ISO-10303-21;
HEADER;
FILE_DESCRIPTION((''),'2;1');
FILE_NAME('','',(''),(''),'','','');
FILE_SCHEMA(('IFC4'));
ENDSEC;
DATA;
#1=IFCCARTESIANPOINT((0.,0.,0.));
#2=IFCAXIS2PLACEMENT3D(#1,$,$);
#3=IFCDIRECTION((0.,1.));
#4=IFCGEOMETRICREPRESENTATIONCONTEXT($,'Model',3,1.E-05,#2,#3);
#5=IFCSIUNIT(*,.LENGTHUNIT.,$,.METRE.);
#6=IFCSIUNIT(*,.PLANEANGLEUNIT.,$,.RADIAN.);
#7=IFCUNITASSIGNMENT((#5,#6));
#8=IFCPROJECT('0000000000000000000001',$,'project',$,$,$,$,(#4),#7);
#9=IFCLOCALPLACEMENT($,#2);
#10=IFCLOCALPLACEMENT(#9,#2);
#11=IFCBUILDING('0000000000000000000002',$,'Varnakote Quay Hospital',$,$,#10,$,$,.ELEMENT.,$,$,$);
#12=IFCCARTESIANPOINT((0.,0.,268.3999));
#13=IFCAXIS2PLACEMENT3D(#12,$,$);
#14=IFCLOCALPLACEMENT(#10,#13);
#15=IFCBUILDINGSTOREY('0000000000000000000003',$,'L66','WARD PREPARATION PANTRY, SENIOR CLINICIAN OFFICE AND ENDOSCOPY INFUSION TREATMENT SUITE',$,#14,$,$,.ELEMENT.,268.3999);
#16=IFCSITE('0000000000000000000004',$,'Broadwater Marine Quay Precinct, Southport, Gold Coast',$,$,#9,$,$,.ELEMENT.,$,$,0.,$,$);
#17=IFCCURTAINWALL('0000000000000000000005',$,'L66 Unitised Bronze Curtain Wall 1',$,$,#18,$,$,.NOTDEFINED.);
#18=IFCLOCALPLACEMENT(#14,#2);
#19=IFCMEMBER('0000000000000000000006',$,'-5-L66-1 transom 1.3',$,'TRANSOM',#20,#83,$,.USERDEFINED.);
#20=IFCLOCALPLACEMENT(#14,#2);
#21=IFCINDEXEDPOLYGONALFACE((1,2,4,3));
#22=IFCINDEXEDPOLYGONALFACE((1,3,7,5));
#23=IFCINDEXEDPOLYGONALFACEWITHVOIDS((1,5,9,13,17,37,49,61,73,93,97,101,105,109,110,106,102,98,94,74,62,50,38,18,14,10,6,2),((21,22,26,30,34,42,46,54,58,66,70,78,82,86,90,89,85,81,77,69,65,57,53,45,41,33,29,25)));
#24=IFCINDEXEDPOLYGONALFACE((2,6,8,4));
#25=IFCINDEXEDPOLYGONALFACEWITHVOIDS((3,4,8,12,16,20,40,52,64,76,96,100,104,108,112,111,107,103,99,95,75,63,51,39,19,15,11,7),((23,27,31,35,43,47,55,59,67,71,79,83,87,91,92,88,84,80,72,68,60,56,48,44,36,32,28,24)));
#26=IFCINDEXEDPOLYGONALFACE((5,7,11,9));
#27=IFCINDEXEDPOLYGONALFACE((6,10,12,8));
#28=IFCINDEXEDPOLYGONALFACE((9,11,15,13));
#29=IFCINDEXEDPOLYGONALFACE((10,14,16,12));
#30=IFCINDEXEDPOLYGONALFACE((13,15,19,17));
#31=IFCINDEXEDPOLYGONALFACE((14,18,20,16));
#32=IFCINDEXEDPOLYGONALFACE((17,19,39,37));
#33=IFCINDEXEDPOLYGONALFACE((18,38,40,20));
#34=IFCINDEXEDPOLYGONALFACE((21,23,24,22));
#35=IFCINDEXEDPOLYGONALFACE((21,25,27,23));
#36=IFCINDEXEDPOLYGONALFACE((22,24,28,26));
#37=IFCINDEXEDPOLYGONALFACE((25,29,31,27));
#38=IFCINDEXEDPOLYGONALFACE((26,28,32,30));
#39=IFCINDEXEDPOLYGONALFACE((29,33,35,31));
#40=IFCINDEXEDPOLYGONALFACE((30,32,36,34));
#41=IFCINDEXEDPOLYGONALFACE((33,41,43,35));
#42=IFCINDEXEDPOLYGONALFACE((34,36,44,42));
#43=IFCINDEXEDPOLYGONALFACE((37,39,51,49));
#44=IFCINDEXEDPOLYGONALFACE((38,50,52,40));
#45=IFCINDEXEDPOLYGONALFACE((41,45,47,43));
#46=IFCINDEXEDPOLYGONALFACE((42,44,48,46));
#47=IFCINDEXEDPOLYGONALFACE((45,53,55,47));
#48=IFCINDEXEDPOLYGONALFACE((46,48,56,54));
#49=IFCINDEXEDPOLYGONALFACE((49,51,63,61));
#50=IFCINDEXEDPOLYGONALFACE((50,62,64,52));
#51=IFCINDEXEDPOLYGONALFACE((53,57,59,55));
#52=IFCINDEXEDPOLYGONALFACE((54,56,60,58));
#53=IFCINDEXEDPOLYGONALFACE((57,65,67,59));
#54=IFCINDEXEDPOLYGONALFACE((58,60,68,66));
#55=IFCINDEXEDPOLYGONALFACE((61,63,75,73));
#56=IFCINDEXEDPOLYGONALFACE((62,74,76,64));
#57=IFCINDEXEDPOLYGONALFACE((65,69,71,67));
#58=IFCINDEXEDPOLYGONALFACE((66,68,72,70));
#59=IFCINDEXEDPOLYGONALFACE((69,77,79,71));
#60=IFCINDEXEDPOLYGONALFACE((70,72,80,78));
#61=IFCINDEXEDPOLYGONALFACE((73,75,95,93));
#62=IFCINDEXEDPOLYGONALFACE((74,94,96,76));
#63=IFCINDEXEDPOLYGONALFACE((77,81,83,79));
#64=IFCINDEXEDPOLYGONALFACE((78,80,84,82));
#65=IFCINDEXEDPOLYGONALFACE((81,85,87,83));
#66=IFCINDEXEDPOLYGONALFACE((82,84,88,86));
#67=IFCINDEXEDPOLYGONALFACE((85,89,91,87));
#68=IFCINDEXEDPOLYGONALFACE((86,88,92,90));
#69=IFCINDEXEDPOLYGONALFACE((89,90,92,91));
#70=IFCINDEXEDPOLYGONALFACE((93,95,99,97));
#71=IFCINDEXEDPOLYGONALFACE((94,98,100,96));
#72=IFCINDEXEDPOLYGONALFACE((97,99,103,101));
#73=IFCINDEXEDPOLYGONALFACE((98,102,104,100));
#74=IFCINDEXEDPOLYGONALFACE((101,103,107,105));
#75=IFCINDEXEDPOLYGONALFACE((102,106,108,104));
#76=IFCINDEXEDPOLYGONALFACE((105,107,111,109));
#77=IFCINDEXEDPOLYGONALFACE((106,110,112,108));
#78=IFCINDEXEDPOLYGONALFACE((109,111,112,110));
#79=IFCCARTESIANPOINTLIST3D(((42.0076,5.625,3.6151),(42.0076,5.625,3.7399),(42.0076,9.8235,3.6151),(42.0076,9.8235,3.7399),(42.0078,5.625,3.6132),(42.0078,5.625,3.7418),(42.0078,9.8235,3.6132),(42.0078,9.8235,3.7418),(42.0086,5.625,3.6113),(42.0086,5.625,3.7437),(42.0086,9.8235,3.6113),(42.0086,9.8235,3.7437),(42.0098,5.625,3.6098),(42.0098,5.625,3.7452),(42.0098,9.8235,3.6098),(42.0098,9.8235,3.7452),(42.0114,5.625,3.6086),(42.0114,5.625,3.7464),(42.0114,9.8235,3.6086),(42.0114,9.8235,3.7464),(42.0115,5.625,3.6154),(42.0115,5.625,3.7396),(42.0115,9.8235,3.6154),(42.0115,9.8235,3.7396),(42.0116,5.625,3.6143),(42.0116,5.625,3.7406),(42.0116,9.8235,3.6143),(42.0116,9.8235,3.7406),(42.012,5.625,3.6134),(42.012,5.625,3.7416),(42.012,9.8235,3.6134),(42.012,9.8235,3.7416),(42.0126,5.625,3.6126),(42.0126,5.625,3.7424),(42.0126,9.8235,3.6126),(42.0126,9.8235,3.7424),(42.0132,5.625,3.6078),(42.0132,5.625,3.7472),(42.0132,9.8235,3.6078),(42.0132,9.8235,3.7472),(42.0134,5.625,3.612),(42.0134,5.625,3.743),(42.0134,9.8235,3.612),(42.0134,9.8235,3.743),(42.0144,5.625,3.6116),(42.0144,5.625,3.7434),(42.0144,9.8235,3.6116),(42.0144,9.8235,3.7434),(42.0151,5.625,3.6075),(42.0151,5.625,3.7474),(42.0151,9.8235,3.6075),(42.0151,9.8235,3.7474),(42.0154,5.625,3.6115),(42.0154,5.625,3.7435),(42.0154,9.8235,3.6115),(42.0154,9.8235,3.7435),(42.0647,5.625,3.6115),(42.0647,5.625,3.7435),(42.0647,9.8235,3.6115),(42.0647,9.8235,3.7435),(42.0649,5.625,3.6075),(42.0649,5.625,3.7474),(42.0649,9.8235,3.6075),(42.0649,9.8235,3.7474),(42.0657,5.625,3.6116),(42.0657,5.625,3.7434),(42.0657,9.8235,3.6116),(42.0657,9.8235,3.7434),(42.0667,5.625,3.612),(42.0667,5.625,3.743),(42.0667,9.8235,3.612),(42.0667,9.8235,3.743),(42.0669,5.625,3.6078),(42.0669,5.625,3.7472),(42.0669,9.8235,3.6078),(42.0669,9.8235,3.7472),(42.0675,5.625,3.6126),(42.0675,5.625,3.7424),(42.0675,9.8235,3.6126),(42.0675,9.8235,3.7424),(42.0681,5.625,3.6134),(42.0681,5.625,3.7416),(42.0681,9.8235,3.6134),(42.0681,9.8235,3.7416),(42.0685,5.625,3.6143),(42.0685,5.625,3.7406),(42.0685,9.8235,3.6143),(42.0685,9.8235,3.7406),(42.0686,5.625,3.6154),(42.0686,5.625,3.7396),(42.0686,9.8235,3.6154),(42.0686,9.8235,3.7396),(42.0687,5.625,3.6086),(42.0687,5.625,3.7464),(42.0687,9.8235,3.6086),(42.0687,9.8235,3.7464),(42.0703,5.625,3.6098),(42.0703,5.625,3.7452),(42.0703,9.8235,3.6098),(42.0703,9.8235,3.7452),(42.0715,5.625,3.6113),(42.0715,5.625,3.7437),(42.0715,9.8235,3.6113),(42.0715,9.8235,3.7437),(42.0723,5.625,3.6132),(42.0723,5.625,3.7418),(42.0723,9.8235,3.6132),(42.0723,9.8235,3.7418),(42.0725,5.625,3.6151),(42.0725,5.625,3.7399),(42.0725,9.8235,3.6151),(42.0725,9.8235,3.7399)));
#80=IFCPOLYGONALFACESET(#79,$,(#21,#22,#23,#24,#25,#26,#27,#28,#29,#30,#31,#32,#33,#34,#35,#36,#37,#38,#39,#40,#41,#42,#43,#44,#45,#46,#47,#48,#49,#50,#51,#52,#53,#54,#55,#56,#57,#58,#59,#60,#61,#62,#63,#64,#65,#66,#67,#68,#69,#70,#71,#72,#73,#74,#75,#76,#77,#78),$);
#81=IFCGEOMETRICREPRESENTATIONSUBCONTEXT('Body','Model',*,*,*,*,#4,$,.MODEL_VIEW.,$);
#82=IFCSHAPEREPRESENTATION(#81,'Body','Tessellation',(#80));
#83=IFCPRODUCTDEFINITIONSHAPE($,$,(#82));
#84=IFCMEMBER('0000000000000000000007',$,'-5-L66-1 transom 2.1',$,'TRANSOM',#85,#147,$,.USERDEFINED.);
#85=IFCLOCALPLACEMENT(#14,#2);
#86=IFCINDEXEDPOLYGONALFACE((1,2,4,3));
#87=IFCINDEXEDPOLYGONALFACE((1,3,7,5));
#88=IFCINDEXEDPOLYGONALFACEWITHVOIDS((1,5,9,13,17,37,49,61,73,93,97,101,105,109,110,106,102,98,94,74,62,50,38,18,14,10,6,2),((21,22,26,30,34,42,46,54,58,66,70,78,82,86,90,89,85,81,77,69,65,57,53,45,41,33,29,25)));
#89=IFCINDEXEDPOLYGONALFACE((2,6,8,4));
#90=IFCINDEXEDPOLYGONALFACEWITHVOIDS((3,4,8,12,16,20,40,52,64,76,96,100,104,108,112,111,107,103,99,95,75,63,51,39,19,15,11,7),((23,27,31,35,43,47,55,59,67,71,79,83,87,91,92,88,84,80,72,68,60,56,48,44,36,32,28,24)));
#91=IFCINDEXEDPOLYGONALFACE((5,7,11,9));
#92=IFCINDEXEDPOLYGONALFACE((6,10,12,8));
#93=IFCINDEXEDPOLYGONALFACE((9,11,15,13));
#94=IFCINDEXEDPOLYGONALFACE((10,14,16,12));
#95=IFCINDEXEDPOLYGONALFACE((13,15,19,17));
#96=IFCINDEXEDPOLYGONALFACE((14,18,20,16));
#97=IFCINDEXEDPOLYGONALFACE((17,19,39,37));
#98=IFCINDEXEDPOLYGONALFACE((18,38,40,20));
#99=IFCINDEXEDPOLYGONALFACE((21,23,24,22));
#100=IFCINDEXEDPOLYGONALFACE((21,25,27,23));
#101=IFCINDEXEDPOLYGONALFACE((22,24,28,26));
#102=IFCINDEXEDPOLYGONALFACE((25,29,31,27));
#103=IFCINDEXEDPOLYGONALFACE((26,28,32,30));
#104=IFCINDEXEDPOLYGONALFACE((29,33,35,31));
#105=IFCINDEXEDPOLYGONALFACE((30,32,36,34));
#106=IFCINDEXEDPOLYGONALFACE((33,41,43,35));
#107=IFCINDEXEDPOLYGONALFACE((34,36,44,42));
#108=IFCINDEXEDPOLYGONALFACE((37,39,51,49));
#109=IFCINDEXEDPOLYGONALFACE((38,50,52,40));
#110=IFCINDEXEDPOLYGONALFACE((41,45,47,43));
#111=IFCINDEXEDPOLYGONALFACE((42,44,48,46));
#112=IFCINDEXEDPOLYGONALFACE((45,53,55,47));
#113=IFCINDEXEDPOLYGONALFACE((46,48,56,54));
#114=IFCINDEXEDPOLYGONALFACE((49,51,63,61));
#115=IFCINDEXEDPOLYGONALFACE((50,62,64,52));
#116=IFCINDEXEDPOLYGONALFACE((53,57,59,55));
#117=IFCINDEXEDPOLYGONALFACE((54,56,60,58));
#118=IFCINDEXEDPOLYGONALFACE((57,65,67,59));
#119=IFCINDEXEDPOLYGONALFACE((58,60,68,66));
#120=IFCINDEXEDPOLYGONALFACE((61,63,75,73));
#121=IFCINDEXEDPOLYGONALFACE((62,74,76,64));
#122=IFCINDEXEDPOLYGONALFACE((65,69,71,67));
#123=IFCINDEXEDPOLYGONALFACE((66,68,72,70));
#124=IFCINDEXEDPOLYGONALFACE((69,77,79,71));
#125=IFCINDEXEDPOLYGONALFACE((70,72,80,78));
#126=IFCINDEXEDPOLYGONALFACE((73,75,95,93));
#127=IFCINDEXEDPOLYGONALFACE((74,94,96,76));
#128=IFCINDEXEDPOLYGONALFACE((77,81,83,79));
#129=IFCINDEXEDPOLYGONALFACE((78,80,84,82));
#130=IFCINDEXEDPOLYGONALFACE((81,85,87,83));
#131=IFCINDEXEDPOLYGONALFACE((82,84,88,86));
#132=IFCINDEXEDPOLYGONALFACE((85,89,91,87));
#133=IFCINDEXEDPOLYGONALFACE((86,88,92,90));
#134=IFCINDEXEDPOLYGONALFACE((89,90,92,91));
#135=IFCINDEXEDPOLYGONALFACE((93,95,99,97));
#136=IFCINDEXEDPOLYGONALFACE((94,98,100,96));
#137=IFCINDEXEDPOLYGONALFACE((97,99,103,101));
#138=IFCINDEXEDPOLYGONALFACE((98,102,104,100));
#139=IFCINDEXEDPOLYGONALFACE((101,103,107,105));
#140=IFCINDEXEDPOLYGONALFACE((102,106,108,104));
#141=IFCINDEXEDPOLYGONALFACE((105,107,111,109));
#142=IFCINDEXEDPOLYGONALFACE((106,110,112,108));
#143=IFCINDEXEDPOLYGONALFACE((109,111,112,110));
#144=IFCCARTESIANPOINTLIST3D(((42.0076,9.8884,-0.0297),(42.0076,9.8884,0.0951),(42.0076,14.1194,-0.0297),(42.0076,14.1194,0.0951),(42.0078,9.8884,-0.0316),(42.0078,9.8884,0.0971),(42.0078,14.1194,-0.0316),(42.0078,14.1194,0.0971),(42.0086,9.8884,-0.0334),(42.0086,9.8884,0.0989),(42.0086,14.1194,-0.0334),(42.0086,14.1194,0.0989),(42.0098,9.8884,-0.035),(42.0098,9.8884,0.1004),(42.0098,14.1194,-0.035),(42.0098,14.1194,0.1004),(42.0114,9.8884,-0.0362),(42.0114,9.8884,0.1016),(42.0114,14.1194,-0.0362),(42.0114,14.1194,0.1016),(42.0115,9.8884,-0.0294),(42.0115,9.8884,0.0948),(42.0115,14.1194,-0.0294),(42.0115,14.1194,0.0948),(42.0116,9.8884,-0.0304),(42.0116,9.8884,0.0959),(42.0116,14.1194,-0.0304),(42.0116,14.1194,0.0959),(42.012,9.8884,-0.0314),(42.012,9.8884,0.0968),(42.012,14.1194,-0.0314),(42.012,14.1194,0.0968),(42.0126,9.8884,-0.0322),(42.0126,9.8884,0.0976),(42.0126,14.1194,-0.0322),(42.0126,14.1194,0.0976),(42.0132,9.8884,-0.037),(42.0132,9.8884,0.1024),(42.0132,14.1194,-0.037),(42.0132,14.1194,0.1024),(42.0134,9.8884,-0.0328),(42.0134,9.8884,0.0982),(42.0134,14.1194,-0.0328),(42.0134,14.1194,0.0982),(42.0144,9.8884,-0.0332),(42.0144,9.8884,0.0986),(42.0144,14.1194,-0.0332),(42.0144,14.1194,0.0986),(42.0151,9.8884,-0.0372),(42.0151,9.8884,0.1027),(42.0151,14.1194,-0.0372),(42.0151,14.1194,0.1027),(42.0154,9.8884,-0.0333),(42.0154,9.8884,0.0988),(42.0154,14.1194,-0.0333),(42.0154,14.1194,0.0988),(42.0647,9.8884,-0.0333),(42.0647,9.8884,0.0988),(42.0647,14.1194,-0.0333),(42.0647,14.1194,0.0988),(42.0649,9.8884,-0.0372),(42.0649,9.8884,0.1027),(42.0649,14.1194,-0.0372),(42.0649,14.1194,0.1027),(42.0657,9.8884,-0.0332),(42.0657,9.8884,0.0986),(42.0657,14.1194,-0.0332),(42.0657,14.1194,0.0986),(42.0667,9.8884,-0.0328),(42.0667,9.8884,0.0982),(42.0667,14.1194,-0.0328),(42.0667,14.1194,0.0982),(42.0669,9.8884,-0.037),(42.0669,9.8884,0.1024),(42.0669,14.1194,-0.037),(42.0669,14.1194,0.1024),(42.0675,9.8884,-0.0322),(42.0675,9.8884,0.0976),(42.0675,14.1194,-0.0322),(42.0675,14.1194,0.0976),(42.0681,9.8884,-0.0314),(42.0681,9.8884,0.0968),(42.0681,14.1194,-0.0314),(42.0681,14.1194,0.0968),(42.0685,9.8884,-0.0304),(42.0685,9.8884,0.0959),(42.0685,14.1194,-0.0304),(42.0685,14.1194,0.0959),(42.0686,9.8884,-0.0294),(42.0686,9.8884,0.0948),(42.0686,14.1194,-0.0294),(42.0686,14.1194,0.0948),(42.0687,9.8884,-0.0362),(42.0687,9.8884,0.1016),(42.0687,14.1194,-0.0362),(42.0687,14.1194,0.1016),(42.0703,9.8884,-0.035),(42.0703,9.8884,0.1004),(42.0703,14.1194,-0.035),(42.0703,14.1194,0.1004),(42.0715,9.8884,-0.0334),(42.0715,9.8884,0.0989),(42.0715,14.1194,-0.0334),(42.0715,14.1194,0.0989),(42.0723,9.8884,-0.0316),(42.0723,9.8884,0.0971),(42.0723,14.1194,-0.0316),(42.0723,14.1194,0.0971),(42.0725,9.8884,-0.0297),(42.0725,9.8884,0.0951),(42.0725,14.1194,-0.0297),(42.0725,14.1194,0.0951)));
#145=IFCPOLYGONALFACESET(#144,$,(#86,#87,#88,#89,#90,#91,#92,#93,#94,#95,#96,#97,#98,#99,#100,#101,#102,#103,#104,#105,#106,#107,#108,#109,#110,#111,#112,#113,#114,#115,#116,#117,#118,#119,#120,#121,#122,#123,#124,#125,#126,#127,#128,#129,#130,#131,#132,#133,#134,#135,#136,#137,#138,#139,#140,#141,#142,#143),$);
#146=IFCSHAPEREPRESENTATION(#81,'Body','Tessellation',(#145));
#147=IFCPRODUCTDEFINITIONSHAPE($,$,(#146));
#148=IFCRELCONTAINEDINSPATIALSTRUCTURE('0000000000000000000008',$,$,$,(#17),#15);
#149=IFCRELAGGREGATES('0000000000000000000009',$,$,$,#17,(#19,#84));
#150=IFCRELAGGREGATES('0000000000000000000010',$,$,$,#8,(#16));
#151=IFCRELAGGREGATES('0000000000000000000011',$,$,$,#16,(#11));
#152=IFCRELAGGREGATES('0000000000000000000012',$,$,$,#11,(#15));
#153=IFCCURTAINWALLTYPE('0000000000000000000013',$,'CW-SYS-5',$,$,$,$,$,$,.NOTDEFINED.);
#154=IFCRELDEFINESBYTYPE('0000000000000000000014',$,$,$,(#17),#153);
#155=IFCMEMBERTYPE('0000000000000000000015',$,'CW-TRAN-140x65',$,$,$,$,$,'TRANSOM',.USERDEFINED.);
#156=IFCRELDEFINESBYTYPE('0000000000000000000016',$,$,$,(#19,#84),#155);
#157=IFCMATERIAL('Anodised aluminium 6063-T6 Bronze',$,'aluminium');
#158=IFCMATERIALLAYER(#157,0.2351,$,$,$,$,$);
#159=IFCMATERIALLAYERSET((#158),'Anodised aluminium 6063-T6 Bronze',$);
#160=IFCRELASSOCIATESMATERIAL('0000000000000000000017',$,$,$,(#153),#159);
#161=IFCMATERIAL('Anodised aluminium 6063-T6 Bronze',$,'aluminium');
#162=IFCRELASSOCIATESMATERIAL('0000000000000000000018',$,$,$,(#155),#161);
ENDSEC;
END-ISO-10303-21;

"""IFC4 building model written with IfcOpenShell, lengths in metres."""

from ifc_helpers import new_model, si_unit, direction, frame, origin, origin_2d, place, context, subcontext, project, spatial, hollow_rectangle, extrude, material, layer, layer_set, material_profile, profile_set, type_object, element, aggregate, save


model = new_model("IFC4")

# Units and contexts
model_context = context("Model", 3, precision=1e-05, world=origin(), true_north=direction((0.0, 1.0)))
body_context = subcontext(model_context, "Body", "Model", "MODEL_VIEW")
ifc_project = project(units=[si_unit("LENGTHUNIT", "METRE"), si_unit("PLANEANGLEUNIT", "RADIAN")], contexts=[model_context])

# Site, building, storey
site_placement = place(None, origin())
site = spatial("IfcSite", under=ifc_project, at=site_placement, Name="Broadwater Marine Quay Precinct, Southport, Gold Coast", CompositionType="ELEMENT", RefElevation=0.0)
building_placement = place(site_placement, origin())
building = spatial("IfcBuilding", under=site, at=building_placement, Name="Varnakote Quay Hospital", CompositionType="ELEMENT")
storey_placement = place(building_placement, frame((0.0, 0.0, 268.3999)))
storey = spatial("IfcBuildingStorey", under=building, at=storey_placement, Name="L66", Description="WARD PREPARATION PANTRY, SENIOR CLINICIAN OFFICE AND ENDOSCOPY INFUSION TREATMENT SUITE", CompositionType="ELEMENT", Elevation=268.3999)

# Curtain wall, members
ifc_material_1 = material(Name="Anodised aluminium 6063-T6 Bronze", Category="aluminium")
ifc_layer_1 = layer(ifc_material_1, 0.2351)
ifc_layer_set_1 = layer_set([ifc_layer_1], Name="Anodised aluminium 6063-T6 Bronze")
curtain_wall_type = type_object("IfcCurtainWallType", Name="CW-SYS-5", PredefinedType="NOTDEFINED", material=ifc_layer_set_1)
curtain_wall_placement = place(storey_placement, origin())
curtain_wall = element("IfcCurtainWall", 1, at=curtain_wall_placement, inside=storey, type_object=curtain_wall_type, Name="L66 Unitised Bronze Curtain Wall 1", PredefinedType="NOTDEFINED")
ifc_material_2 = material(Name="Anodised aluminium 6063-T6 Bronze", Category="aluminium")
ifc_material_profile_1 = material_profile(ifc_material_2, hollow_rectangle(XDim=0.0649, YDim=0.1399, WallThickness=0.0039, InnerFilletRadius=0.0039, OuterFilletRadius=0.0076, at=origin_2d()), Name="CW-TRAN-140x65")
ifc_profile_set_1 = profile_set([ifc_material_profile_1], Name="Anodised aluminium 6063-T6 Bronze")
member_type_1 = type_object("IfcMemberType", Name="CW-TRAN-140x65", ElementType="TRANSOM", PredefinedType="USERDEFINED", material=ifc_profile_set_1)
member_1_placement = place(storey_placement, frame((42.04, 5.625, 3.6775), z_axis=(0.0, 1.0, 0.0), x_axis=(-1.0, 0.0, 0.0)))
member_1 = element("IfcMember", 2, at=member_1_placement, type_object=member_type_1, Name="-5-L66-1 transom 1.3", ObjectType="TRANSOM", PredefinedType="USERDEFINED", context=body_context, shape_type="SweptSolid", body=[
    extrude(hollow_rectangle(XDim=0.0649, YDim=0.1399, WallThickness=0.0039, InnerFilletRadius=0.0039, OuterFilletRadius=0.0076, at=origin_2d()), origin(), (0.0, 0.0, 1.0), 4.1985),
])
member_2_placement = place(storey_placement, frame((42.04, 9.8884, 0.0327), z_axis=(0.0, 1.0, 0.0), x_axis=(-1.0, 0.0, 0.0)))
member_2 = element("IfcMember", 3, at=member_2_placement, type_object=member_type_1, Name="-5-L66-1 transom 2.1", ObjectType="TRANSOM", PredefinedType="USERDEFINED", context=body_context, shape_type="SweptSolid", body=[
    extrude(hollow_rectangle(XDim=0.0649, YDim=0.1399, WallThickness=0.0039, InnerFilletRadius=0.0039, OuterFilletRadius=0.0076, at=origin_2d()), origin(), (0.0, 0.0, 1.0), 4.231),
])
aggregate(curtain_wall, [member_1, member_2])

save(model, "model.ifc")
